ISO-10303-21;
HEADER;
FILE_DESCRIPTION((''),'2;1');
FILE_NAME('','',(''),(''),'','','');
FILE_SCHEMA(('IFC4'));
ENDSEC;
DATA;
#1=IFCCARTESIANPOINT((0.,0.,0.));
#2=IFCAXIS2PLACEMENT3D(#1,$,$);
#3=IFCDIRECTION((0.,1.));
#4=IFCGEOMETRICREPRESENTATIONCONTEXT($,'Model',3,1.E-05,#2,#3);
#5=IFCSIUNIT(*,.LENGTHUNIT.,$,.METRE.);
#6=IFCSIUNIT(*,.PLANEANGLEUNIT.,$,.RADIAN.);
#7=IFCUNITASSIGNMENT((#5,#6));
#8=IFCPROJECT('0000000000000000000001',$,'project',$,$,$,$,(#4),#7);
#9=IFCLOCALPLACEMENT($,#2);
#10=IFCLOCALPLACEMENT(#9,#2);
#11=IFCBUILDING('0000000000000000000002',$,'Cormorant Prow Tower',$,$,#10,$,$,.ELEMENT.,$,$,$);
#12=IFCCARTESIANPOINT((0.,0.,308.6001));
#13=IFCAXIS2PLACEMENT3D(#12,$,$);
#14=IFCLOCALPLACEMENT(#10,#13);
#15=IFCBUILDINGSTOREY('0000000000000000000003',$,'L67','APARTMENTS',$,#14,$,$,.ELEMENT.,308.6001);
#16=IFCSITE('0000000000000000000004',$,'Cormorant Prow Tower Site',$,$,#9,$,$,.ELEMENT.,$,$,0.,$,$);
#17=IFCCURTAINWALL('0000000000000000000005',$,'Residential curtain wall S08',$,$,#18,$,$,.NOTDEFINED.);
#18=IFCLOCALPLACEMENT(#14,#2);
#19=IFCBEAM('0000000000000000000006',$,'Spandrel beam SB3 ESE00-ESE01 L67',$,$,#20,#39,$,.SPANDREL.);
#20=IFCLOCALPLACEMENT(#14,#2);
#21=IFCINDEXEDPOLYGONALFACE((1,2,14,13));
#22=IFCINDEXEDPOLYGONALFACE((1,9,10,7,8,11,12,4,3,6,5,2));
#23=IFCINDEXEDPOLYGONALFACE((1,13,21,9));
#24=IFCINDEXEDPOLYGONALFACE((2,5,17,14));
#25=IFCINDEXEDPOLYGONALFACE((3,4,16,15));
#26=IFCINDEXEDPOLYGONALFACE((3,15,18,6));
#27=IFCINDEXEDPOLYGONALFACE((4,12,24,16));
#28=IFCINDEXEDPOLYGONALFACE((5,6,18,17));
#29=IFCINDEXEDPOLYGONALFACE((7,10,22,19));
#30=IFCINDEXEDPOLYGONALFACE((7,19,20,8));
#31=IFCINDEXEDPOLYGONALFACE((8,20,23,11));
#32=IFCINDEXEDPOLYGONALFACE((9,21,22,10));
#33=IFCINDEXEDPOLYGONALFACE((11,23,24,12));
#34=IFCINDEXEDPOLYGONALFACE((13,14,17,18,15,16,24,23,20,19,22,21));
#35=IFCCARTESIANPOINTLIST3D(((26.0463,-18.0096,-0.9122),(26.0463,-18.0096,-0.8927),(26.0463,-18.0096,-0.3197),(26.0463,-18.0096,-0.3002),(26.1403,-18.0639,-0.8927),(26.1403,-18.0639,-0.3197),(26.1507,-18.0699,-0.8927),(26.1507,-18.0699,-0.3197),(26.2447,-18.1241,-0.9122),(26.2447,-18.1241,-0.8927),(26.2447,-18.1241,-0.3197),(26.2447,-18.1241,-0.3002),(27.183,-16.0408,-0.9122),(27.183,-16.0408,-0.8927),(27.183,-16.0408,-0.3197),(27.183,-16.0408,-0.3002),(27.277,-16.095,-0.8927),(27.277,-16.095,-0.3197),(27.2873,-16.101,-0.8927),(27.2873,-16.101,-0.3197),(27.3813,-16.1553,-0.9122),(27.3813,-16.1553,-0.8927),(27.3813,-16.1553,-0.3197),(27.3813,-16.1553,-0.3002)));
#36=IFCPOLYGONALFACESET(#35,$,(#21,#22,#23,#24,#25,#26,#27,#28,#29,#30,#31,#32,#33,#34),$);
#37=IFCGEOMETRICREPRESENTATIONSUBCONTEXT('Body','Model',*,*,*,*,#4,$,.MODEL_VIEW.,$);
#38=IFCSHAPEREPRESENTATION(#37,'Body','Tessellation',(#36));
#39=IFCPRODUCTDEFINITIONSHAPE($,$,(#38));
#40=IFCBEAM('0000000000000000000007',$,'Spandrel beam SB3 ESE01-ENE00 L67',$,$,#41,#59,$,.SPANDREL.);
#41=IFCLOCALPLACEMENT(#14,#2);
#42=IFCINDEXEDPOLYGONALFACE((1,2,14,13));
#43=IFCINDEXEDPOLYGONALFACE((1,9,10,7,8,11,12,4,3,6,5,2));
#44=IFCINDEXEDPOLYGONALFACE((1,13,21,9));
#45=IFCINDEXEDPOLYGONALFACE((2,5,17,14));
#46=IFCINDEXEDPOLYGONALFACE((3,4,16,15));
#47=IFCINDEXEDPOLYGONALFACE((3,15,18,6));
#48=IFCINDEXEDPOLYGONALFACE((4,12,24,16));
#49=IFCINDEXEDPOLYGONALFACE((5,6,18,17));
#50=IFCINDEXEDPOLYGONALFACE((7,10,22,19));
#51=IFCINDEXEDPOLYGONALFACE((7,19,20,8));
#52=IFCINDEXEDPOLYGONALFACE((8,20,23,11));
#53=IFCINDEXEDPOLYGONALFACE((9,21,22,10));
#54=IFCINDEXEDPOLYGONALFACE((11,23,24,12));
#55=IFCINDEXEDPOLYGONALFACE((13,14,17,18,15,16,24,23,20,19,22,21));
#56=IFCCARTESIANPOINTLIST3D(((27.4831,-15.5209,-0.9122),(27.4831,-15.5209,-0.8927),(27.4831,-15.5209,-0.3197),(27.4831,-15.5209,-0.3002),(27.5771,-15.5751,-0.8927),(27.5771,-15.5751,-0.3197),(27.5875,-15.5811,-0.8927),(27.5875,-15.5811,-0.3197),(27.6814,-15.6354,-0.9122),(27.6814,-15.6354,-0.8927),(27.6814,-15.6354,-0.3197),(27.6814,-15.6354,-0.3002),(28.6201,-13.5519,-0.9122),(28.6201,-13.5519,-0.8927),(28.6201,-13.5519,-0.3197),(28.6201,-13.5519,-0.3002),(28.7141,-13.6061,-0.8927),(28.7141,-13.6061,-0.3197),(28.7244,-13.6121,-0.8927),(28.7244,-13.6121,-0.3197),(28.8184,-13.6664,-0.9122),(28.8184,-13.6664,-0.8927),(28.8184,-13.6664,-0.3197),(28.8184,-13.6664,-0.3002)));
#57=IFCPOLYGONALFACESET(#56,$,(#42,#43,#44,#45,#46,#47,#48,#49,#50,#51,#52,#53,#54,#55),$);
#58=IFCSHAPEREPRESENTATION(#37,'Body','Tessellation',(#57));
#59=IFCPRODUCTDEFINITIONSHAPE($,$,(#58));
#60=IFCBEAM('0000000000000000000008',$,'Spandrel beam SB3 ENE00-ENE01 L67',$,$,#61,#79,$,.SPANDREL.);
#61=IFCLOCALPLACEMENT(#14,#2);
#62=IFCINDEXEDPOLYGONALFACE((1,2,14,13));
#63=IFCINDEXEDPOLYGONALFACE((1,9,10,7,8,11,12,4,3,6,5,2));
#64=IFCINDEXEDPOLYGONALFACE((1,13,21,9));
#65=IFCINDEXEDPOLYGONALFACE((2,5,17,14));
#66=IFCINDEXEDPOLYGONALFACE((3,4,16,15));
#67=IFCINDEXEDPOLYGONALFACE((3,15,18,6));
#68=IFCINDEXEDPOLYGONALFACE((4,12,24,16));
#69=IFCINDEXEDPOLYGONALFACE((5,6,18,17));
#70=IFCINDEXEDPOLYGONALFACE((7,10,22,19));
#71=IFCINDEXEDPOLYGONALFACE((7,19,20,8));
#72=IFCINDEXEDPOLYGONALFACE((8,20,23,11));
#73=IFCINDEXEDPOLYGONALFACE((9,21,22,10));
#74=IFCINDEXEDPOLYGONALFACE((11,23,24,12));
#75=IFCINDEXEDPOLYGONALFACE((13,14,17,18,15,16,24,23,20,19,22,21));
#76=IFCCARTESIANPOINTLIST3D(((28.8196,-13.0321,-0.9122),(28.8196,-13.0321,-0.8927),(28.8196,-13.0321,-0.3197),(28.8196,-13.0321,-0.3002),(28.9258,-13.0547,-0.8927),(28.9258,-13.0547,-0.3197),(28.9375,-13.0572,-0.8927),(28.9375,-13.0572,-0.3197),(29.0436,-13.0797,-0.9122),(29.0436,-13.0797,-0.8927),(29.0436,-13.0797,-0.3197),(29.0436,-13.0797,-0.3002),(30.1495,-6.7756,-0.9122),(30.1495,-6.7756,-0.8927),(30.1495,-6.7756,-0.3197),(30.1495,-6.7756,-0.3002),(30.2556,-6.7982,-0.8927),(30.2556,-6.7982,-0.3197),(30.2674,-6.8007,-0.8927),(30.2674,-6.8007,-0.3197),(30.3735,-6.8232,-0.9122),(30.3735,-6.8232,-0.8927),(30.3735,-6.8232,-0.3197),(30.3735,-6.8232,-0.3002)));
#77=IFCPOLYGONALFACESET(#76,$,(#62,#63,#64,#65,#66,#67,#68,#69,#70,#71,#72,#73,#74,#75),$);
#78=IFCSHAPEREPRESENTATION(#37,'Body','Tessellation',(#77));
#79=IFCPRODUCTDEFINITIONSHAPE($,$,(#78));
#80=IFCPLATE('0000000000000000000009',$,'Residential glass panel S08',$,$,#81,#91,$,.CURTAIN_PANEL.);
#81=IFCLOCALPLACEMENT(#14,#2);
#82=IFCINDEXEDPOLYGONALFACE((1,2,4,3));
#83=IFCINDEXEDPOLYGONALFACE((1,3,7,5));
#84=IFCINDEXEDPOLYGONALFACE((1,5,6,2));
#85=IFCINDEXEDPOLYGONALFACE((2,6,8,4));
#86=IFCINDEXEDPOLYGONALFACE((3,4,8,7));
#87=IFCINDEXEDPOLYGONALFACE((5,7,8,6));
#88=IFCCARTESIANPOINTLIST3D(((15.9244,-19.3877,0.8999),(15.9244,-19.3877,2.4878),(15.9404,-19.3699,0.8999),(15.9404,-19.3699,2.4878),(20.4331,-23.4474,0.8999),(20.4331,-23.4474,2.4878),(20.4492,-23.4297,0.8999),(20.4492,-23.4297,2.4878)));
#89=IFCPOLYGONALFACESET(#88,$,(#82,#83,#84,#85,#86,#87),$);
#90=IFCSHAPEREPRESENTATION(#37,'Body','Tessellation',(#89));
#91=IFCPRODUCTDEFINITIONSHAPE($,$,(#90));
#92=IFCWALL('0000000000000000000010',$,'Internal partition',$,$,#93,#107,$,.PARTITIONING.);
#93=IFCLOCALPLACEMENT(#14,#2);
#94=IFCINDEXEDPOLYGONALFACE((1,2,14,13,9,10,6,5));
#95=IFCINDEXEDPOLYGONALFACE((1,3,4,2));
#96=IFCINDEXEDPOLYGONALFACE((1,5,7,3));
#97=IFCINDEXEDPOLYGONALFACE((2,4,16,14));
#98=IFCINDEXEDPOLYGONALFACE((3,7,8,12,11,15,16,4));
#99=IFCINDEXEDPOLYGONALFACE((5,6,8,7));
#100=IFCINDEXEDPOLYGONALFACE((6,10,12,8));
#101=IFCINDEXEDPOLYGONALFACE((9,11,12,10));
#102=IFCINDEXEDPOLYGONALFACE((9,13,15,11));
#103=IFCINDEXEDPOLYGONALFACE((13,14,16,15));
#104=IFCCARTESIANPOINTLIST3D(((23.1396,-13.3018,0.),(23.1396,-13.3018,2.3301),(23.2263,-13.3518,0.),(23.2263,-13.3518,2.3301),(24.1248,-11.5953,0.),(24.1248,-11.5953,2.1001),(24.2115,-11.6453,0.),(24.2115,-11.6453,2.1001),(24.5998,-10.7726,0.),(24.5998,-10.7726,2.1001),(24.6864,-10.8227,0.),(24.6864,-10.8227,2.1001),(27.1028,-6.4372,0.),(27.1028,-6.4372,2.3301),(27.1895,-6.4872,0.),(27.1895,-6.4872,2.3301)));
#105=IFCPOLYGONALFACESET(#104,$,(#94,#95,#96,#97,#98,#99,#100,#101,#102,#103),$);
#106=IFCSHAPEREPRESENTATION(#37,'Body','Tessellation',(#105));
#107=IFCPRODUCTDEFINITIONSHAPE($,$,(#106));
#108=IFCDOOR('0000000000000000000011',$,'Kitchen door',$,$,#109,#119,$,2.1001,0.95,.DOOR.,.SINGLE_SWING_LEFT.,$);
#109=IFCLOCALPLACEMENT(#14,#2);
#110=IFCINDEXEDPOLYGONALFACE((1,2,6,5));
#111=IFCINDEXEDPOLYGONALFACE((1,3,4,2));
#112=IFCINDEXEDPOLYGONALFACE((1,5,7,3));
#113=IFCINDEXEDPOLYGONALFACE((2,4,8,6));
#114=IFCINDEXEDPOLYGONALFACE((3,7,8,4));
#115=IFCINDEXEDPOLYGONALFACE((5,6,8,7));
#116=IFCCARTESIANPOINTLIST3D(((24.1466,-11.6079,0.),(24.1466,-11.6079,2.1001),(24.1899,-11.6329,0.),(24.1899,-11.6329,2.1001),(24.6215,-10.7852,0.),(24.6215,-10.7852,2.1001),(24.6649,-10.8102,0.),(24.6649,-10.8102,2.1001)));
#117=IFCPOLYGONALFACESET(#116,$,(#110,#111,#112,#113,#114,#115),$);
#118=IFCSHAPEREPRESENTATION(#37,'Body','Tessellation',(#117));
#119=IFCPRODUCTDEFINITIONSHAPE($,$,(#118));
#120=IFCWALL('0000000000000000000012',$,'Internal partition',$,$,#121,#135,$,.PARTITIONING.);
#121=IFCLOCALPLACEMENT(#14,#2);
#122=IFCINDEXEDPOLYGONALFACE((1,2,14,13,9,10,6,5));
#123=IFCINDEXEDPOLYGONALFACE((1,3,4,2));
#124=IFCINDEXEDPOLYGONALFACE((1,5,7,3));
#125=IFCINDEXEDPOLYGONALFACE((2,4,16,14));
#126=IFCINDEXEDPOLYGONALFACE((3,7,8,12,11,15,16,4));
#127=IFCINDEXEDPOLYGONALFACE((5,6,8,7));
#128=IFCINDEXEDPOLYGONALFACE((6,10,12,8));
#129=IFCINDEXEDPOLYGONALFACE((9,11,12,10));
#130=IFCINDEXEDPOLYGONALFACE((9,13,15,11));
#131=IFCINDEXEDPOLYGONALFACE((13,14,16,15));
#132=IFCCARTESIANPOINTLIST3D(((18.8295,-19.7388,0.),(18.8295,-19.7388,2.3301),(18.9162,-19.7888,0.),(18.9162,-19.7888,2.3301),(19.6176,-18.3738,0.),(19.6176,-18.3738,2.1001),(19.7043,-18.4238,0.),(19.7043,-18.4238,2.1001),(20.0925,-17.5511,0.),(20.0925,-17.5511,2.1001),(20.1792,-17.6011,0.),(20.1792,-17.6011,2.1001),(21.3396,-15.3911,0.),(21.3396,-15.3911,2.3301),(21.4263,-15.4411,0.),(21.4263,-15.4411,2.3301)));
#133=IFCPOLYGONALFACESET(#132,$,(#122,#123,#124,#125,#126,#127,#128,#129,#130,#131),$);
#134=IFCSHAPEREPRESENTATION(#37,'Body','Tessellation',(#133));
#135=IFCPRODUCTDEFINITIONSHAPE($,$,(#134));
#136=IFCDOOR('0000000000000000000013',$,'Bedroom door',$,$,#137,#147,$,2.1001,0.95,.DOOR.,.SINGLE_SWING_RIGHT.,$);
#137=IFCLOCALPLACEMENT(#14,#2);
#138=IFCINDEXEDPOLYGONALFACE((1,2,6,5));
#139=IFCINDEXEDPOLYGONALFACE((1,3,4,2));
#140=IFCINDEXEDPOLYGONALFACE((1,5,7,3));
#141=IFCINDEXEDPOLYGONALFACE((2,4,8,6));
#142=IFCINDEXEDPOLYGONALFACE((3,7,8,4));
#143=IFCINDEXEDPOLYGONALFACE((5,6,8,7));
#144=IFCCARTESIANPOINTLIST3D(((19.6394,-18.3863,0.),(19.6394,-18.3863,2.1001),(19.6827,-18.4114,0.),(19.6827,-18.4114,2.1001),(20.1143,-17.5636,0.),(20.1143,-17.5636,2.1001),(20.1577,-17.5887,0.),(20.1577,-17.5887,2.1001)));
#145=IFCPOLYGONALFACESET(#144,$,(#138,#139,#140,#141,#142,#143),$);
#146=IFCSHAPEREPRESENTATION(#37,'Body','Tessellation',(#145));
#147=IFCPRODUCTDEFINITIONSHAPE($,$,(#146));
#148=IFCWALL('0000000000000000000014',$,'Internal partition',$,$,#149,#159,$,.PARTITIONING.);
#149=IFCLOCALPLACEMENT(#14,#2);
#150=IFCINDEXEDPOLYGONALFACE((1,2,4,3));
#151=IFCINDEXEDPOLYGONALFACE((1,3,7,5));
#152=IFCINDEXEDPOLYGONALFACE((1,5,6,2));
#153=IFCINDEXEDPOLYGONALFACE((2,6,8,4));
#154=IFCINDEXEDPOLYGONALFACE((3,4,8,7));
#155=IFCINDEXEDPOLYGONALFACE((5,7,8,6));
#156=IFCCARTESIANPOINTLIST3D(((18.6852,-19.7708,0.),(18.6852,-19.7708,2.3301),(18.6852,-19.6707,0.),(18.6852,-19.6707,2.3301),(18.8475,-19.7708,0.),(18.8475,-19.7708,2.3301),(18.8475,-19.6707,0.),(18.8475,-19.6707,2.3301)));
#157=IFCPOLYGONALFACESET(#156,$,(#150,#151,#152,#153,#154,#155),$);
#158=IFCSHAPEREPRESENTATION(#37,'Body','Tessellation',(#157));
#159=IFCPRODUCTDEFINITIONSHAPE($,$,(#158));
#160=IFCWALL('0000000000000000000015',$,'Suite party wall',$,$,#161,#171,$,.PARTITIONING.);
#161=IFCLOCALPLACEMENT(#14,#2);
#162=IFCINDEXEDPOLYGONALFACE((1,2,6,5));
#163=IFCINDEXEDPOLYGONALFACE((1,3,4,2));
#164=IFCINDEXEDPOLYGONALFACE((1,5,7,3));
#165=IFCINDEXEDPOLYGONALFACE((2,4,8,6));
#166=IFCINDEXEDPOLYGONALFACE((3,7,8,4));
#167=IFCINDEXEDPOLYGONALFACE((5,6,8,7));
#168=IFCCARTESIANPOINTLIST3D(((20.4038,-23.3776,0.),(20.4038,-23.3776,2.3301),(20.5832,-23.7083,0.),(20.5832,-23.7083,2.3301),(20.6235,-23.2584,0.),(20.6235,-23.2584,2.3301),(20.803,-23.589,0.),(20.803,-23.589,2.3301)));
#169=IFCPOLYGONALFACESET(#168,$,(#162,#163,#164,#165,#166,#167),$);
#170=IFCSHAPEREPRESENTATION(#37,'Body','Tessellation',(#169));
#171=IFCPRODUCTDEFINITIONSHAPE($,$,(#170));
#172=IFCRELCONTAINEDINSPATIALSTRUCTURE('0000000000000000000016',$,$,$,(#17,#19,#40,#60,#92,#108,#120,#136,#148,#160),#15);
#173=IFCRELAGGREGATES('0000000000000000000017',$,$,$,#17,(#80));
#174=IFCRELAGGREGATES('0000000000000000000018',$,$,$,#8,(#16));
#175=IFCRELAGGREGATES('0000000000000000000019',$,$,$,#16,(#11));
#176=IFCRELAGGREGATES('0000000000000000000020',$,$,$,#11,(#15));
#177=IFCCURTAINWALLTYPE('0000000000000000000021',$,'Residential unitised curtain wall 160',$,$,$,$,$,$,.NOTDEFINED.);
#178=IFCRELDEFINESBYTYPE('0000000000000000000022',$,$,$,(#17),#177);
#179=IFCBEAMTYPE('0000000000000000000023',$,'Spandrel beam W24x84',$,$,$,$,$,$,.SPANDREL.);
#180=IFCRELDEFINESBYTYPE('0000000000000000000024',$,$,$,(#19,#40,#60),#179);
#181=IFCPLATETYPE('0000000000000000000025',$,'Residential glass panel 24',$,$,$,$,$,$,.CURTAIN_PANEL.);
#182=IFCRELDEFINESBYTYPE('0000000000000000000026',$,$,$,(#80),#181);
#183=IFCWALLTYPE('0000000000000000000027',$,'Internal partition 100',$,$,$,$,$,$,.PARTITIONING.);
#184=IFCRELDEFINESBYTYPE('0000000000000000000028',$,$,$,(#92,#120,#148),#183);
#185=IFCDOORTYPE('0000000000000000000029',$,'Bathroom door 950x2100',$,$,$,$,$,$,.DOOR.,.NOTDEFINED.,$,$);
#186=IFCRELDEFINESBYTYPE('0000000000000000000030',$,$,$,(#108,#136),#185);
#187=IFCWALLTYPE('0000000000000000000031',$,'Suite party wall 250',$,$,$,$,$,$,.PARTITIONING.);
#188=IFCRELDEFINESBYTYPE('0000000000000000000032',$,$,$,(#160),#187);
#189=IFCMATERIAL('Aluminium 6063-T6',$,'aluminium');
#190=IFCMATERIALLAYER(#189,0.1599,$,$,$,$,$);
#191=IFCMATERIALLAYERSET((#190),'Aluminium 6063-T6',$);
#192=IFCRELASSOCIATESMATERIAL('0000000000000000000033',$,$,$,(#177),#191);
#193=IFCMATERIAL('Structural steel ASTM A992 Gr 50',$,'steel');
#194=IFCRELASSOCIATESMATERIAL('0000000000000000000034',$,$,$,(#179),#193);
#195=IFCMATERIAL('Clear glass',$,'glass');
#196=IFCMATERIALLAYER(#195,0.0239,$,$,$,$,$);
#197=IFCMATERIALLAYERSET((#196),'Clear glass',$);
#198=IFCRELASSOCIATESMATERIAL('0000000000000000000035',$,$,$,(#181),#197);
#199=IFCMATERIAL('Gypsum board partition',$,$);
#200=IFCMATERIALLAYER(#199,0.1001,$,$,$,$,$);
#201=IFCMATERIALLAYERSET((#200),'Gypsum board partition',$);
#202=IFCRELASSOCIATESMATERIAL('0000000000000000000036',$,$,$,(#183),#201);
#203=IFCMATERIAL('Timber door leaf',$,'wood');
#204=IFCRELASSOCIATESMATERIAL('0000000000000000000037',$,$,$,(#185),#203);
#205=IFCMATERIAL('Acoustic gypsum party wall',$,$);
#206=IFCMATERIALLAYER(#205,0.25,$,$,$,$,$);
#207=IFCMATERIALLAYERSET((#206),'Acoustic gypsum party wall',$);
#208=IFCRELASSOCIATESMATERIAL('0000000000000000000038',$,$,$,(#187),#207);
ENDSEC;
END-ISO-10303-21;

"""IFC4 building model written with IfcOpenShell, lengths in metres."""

from ifc_helpers import new_model, si_unit, direction, frame, frame_2d, origin, origin_2d, place, context, subcontext, project, spatial, rectangle, i_section, extrude, material, layer, layer_set, material_profile, profile_set, type_object, element, fill, aggregate, save


model = new_model("IFC4")

# Units and contexts
model_context = context("Model", 3, precision=1e-05, world=origin(), true_north=direction((0.0, 1.0)))
body_context = subcontext(model_context, "Body", "Model", "MODEL_VIEW")
ifc_project = project(units=[si_unit("LENGTHUNIT", "METRE"), si_unit("PLANEANGLEUNIT", "RADIAN")], contexts=[model_context])

# Site, building, storey
site_placement = place(None, origin())
site = spatial("IfcSite", under=ifc_project, at=site_placement, Name="Cormorant Prow Tower Site", CompositionType="ELEMENT", RefElevation=0.0)
building_placement = place(site_placement, origin())
building = spatial("IfcBuilding", under=site, at=building_placement, Name="Cormorant Prow Tower", CompositionType="ELEMENT")
storey_placement = place(building_placement, frame((0.0, 0.0, 308.6001)))
storey = spatial("IfcBuildingStorey", under=building, at=storey_placement, Name="L67", Description="APARTMENTS", CompositionType="ELEMENT", Elevation=308.6001)

# Curtain wall
ifc_material_1 = material(Name="Aluminium 6063-T6", Category="aluminium")
ifc_layer_1 = layer(ifc_material_1, 0.1599)
ifc_layer_set_1 = layer_set([ifc_layer_1], Name="Aluminium 6063-T6")
curtain_wall_type = type_object("IfcCurtainWallType", Name="Residential unitised curtain wall 160", PredefinedType="NOTDEFINED", material=ifc_layer_set_1)
curtain_wall_placement = place(storey_placement, origin())
curtain_wall = element("IfcCurtainWall", 1, at=curtain_wall_placement, inside=storey, type_object=curtain_wall_type, Name="Residential curtain wall S08", PredefinedType="NOTDEFINED")

# Beams
ifc_material_2 = material(Name="Structural steel ASTM A992 Gr 50", Category="steel")
ifc_material_profile_1 = material_profile(ifc_material_2, i_section(OverallWidth=0.229, OverallDepth=0.6121, WebThickness=0.012, FlangeThickness=0.0195, at=origin_2d()), Name="W24x84")
ifc_profile_set_1 = profile_set([ifc_material_profile_1], Name="Structural steel ASTM A992 Gr 50")
beam_type = type_object("IfcBeamType", Name="Spandrel beam W24x84", PredefinedType="SPANDREL", material=ifc_profile_set_1)
beam_1_placement = place(storey_placement, frame((26.1455, -18.0669, -0.6062), z_axis=(0.499973, 0.866041, 0.0), x_axis=(-0.866041, 0.499973, 0.0)))
element("IfcBeam", 2, at=beam_1_placement, inside=storey, type_object=beam_type, Name="Spandrel beam SB3 ESE00-ESE01 L67", PredefinedType="SPANDREL", context=body_context, shape_type="SweptSolid", body=[
    extrude(i_section(OverallWidth=0.229, OverallDepth=0.6121, WebThickness=0.012, FlangeThickness=0.0195, at=origin_2d()), origin(), (0.0, 0.0, 1.0), 2.2734),
])
beam_2_placement = place(storey_placement, frame((27.5823, -15.5781, -0.6062), z_axis=(0.500054, 0.865994, 0.0), x_axis=(-0.865994, 0.500054, 0.0)))
element("IfcBeam", 3, at=beam_2_placement, inside=storey, type_object=beam_type, Name="Spandrel beam SB3 ESE01-ENE00 L67", PredefinedType="SPANDREL", context=body_context, shape_type="SweptSolid", body=[
    extrude(i_section(OverallWidth=0.229, OverallDepth=0.6121, WebThickness=0.012, FlangeThickness=0.0195, at=origin_2d()), origin(), (0.0, 0.0, 1.0), 2.2737),
])
beam_3_placement = place(storey_placement, frame((28.9316, -13.0559, -0.6062), z_axis=(0.207913, 0.978147, 0.0), x_axis=(-0.978147, 0.207913, 0.0)))
element("IfcBeam", 4, at=beam_3_placement, inside=storey, type_object=beam_type, Name="Spandrel beam SB3 ENE00-ENE01 L67", PredefinedType="SPANDREL", context=body_context, shape_type="SweptSolid", body=[
    extrude(i_section(OverallWidth=0.229, OverallDepth=0.6121, WebThickness=0.012, FlangeThickness=0.0195, at=origin_2d()), origin(), (0.0, 0.0, 1.0), 6.3962),
])

# Plate
ifc_material_3 = material(Name="Clear glass", Category="glass")
ifc_layer_2 = layer(ifc_material_3, 0.0239)
ifc_layer_set_2 = layer_set([ifc_layer_2], Name="Clear glass")
plate_type = type_object("IfcPlateType", Name="Residential glass panel 24", PredefinedType="CURTAIN_PANEL", material=ifc_layer_set_2)
plate_placement = place(storey_placement, frame((18.1868, -21.4087, 0.8999), z_axis=(0.0, 0.0, 1.0), x_axis=(0.743145, -0.669131, 0.0)))
plate = element("IfcPlate", 5, at=plate_placement, type_object=plate_type, Name="Residential glass panel S08", PredefinedType="CURTAIN_PANEL", context=body_context, shape_type="SweptSolid", body=[
    extrude(rectangle(XDim=6.0671, YDim=0.0239, at=origin_2d()), origin(), (0.0, 0.0, 1.0), 1.5879),
])
aggregate(curtain_wall, [plate])

# Walls, openings, doors
ifc_material_4 = material(Name="Gypsum board partition")
ifc_layer_3 = layer(ifc_material_4, 0.1001)
ifc_layer_set_3 = layer_set([ifc_layer_3], Name="Gypsum board partition")
wall_type_1 = type_object("IfcWallType", Name="Internal partition 100", PredefinedType="PARTITIONING", material=ifc_layer_set_3)
wall_1_placement = place(storey_placement, frame((23.1829, -13.3269, 0.0), z_axis=(0.0, 0.0, 1.0), x_axis=(0.499992, 0.86603, 0.0)))
wall_1 = element("IfcWall", 6, at=wall_1_placement, inside=storey, type_object=wall_type_1, Name="Internal partition", PredefinedType="PARTITIONING", context=body_context, shape_type="SweptSolid", body=[
    extrude(rectangle(XDim=7.9265, YDim=0.1001, at=frame_2d((3.9634, 0.0))), origin(), (0.0, 0.0, 1.0), 2.3301),
])
opening_1_placement = place(wall_1_placement, frame((1.9705, 0.0, 0.0)))
opening_1 = element("IfcOpeningElement", 7, at=opening_1_placement, cuts=wall_1, PredefinedType="OPENING", context=body_context, shape_type="SweptSolid", body=[
    extrude(rectangle(XDim=0.95, YDim=2.1001, at=frame_2d((0.4751, 1.05))), frame((0.0, 0.0601, 0.0), z_axis=(0.0, -1.0, 0.0), x_axis=(1.0, 0.0, 0.0)), (0.0, 0.0, 1.0), 0.1201),
])
ifc_material_5 = material(Name="Timber door leaf", Category="wood")
door_type_1 = type_object("IfcDoorType", Name="Bathroom door 950x2100", OperationType="NOTDEFINED", PredefinedType="DOOR", material=ifc_material_5)
door_1_placement = place(opening_1_placement, origin())
door_1 = element("IfcDoor", 8, at=door_1_placement, inside=storey, type_object=door_type_1, Name="Kitchen door", OperationType="SINGLE_SWING_LEFT", OverallHeight=2.1001, OverallWidth=0.95, PredefinedType="DOOR", context=body_context, shape_type="SweptSolid", body=[
    extrude(rectangle(XDim=0.95, YDim=2.1001, at=frame_2d((0.4751, 1.05))), frame((0.0, 0.0249, 0.0), z_axis=(0.0, -1.0, 0.0), x_axis=(1.0, 0.0, 0.0)), (0.0, 0.0, 1.0), 0.05),
])
fill(opening_1, door_1)
wall_2_placement = place(storey_placement, frame((18.8728, -19.7639, 0.0), z_axis=(0.0, 0.0, 1.0), x_axis=(0.499983, 0.866035, 0.0)))
wall_2 = element("IfcWall", 9, at=wall_2_placement, inside=storey, type_object=wall_type_1, Name="Internal partition", PredefinedType="PARTITIONING", context=body_context, shape_type="SweptSolid", body=[
    extrude(rectangle(XDim=5.0203, YDim=0.1001, at=frame_2d((2.5103, 0.0))), origin(), (0.0, 0.0, 1.0), 2.3301),
])
opening_2_placement = place(wall_2_placement, frame((1.5762, 0.0, 0.0)))
opening_2 = element("IfcOpeningElement", 10, at=opening_2_placement, cuts=wall_2, PredefinedType="OPENING", context=body_context, shape_type="SweptSolid", body=[
    extrude(rectangle(XDim=0.95, YDim=2.1001, at=frame_2d((0.4751, 1.05))), frame((0.0, 0.0601, 0.0), z_axis=(0.0, -1.0, 0.0), x_axis=(1.0, 0.0, 0.0)), (0.0, 0.0, 1.0), 0.1201),
])
door_2_placement = place(opening_2_placement, origin())
door_2 = element("IfcDoor", 11, at=door_2_placement, inside=storey, type_object=door_type_1, Name="Bedroom door", OperationType="SINGLE_SWING_RIGHT", OverallHeight=2.1001, OverallWidth=0.95, PredefinedType="DOOR", context=body_context, shape_type="SweptSolid", body=[
    extrude(rectangle(XDim=0.95, YDim=2.1001, at=frame_2d((0.4751, 1.05))), frame((0.0, 0.0249, 0.0), z_axis=(0.0, -1.0, 0.0), x_axis=(1.0, 0.0, 0.0)), (0.0, 0.0, 1.0), 0.05),
])
fill(opening_2, door_2)

# Walls
wall_3_placement = place(storey_placement, frame((18.6853, -19.7207, 0.0), z_axis=(0.0, 0.0, 1.0), x_axis=(1.0, 0.0, 0.0)))
element("IfcWall", 12, at=wall_3_placement, inside=storey, type_object=wall_type_1, Name="Internal partition", PredefinedType="PARTITIONING", context=body_context, shape_type="SweptSolid", body=[
    extrude(rectangle(XDim=0.1624, YDim=0.1001, at=frame_2d((0.0811, 0.0))), origin(), (0.0, 0.0, 1.0), 2.3301),
])
ifc_material_6 = material(Name="Acoustic gypsum party wall")
ifc_layer_4 = layer(ifc_material_6, 0.25)
ifc_layer_set_4 = layer_set([ifc_layer_4], Name="Acoustic gypsum party wall")
wall_type_2 = type_object("IfcWallType", Name="Suite party wall 250", PredefinedType="PARTITIONING", material=ifc_layer_set_4)
wall_4_placement = place(storey_placement, frame((20.5137, -23.3181, 0.0), z_axis=(0.0, 0.0, 1.0), x_axis=(0.477078, -0.878861, 0.0)))
element("IfcWall", 13, at=wall_4_placement, inside=storey, type_object=wall_type_2, Name="Suite party wall", PredefinedType="PARTITIONING", context=body_context, shape_type="SweptSolid", body=[
    extrude(rectangle(XDim=0.3762, YDim=0.25, at=frame_2d((0.188, 0.0))), origin(), (0.0, 0.0, 1.0), 2.3301),
])

save(model, "model.ifc")
